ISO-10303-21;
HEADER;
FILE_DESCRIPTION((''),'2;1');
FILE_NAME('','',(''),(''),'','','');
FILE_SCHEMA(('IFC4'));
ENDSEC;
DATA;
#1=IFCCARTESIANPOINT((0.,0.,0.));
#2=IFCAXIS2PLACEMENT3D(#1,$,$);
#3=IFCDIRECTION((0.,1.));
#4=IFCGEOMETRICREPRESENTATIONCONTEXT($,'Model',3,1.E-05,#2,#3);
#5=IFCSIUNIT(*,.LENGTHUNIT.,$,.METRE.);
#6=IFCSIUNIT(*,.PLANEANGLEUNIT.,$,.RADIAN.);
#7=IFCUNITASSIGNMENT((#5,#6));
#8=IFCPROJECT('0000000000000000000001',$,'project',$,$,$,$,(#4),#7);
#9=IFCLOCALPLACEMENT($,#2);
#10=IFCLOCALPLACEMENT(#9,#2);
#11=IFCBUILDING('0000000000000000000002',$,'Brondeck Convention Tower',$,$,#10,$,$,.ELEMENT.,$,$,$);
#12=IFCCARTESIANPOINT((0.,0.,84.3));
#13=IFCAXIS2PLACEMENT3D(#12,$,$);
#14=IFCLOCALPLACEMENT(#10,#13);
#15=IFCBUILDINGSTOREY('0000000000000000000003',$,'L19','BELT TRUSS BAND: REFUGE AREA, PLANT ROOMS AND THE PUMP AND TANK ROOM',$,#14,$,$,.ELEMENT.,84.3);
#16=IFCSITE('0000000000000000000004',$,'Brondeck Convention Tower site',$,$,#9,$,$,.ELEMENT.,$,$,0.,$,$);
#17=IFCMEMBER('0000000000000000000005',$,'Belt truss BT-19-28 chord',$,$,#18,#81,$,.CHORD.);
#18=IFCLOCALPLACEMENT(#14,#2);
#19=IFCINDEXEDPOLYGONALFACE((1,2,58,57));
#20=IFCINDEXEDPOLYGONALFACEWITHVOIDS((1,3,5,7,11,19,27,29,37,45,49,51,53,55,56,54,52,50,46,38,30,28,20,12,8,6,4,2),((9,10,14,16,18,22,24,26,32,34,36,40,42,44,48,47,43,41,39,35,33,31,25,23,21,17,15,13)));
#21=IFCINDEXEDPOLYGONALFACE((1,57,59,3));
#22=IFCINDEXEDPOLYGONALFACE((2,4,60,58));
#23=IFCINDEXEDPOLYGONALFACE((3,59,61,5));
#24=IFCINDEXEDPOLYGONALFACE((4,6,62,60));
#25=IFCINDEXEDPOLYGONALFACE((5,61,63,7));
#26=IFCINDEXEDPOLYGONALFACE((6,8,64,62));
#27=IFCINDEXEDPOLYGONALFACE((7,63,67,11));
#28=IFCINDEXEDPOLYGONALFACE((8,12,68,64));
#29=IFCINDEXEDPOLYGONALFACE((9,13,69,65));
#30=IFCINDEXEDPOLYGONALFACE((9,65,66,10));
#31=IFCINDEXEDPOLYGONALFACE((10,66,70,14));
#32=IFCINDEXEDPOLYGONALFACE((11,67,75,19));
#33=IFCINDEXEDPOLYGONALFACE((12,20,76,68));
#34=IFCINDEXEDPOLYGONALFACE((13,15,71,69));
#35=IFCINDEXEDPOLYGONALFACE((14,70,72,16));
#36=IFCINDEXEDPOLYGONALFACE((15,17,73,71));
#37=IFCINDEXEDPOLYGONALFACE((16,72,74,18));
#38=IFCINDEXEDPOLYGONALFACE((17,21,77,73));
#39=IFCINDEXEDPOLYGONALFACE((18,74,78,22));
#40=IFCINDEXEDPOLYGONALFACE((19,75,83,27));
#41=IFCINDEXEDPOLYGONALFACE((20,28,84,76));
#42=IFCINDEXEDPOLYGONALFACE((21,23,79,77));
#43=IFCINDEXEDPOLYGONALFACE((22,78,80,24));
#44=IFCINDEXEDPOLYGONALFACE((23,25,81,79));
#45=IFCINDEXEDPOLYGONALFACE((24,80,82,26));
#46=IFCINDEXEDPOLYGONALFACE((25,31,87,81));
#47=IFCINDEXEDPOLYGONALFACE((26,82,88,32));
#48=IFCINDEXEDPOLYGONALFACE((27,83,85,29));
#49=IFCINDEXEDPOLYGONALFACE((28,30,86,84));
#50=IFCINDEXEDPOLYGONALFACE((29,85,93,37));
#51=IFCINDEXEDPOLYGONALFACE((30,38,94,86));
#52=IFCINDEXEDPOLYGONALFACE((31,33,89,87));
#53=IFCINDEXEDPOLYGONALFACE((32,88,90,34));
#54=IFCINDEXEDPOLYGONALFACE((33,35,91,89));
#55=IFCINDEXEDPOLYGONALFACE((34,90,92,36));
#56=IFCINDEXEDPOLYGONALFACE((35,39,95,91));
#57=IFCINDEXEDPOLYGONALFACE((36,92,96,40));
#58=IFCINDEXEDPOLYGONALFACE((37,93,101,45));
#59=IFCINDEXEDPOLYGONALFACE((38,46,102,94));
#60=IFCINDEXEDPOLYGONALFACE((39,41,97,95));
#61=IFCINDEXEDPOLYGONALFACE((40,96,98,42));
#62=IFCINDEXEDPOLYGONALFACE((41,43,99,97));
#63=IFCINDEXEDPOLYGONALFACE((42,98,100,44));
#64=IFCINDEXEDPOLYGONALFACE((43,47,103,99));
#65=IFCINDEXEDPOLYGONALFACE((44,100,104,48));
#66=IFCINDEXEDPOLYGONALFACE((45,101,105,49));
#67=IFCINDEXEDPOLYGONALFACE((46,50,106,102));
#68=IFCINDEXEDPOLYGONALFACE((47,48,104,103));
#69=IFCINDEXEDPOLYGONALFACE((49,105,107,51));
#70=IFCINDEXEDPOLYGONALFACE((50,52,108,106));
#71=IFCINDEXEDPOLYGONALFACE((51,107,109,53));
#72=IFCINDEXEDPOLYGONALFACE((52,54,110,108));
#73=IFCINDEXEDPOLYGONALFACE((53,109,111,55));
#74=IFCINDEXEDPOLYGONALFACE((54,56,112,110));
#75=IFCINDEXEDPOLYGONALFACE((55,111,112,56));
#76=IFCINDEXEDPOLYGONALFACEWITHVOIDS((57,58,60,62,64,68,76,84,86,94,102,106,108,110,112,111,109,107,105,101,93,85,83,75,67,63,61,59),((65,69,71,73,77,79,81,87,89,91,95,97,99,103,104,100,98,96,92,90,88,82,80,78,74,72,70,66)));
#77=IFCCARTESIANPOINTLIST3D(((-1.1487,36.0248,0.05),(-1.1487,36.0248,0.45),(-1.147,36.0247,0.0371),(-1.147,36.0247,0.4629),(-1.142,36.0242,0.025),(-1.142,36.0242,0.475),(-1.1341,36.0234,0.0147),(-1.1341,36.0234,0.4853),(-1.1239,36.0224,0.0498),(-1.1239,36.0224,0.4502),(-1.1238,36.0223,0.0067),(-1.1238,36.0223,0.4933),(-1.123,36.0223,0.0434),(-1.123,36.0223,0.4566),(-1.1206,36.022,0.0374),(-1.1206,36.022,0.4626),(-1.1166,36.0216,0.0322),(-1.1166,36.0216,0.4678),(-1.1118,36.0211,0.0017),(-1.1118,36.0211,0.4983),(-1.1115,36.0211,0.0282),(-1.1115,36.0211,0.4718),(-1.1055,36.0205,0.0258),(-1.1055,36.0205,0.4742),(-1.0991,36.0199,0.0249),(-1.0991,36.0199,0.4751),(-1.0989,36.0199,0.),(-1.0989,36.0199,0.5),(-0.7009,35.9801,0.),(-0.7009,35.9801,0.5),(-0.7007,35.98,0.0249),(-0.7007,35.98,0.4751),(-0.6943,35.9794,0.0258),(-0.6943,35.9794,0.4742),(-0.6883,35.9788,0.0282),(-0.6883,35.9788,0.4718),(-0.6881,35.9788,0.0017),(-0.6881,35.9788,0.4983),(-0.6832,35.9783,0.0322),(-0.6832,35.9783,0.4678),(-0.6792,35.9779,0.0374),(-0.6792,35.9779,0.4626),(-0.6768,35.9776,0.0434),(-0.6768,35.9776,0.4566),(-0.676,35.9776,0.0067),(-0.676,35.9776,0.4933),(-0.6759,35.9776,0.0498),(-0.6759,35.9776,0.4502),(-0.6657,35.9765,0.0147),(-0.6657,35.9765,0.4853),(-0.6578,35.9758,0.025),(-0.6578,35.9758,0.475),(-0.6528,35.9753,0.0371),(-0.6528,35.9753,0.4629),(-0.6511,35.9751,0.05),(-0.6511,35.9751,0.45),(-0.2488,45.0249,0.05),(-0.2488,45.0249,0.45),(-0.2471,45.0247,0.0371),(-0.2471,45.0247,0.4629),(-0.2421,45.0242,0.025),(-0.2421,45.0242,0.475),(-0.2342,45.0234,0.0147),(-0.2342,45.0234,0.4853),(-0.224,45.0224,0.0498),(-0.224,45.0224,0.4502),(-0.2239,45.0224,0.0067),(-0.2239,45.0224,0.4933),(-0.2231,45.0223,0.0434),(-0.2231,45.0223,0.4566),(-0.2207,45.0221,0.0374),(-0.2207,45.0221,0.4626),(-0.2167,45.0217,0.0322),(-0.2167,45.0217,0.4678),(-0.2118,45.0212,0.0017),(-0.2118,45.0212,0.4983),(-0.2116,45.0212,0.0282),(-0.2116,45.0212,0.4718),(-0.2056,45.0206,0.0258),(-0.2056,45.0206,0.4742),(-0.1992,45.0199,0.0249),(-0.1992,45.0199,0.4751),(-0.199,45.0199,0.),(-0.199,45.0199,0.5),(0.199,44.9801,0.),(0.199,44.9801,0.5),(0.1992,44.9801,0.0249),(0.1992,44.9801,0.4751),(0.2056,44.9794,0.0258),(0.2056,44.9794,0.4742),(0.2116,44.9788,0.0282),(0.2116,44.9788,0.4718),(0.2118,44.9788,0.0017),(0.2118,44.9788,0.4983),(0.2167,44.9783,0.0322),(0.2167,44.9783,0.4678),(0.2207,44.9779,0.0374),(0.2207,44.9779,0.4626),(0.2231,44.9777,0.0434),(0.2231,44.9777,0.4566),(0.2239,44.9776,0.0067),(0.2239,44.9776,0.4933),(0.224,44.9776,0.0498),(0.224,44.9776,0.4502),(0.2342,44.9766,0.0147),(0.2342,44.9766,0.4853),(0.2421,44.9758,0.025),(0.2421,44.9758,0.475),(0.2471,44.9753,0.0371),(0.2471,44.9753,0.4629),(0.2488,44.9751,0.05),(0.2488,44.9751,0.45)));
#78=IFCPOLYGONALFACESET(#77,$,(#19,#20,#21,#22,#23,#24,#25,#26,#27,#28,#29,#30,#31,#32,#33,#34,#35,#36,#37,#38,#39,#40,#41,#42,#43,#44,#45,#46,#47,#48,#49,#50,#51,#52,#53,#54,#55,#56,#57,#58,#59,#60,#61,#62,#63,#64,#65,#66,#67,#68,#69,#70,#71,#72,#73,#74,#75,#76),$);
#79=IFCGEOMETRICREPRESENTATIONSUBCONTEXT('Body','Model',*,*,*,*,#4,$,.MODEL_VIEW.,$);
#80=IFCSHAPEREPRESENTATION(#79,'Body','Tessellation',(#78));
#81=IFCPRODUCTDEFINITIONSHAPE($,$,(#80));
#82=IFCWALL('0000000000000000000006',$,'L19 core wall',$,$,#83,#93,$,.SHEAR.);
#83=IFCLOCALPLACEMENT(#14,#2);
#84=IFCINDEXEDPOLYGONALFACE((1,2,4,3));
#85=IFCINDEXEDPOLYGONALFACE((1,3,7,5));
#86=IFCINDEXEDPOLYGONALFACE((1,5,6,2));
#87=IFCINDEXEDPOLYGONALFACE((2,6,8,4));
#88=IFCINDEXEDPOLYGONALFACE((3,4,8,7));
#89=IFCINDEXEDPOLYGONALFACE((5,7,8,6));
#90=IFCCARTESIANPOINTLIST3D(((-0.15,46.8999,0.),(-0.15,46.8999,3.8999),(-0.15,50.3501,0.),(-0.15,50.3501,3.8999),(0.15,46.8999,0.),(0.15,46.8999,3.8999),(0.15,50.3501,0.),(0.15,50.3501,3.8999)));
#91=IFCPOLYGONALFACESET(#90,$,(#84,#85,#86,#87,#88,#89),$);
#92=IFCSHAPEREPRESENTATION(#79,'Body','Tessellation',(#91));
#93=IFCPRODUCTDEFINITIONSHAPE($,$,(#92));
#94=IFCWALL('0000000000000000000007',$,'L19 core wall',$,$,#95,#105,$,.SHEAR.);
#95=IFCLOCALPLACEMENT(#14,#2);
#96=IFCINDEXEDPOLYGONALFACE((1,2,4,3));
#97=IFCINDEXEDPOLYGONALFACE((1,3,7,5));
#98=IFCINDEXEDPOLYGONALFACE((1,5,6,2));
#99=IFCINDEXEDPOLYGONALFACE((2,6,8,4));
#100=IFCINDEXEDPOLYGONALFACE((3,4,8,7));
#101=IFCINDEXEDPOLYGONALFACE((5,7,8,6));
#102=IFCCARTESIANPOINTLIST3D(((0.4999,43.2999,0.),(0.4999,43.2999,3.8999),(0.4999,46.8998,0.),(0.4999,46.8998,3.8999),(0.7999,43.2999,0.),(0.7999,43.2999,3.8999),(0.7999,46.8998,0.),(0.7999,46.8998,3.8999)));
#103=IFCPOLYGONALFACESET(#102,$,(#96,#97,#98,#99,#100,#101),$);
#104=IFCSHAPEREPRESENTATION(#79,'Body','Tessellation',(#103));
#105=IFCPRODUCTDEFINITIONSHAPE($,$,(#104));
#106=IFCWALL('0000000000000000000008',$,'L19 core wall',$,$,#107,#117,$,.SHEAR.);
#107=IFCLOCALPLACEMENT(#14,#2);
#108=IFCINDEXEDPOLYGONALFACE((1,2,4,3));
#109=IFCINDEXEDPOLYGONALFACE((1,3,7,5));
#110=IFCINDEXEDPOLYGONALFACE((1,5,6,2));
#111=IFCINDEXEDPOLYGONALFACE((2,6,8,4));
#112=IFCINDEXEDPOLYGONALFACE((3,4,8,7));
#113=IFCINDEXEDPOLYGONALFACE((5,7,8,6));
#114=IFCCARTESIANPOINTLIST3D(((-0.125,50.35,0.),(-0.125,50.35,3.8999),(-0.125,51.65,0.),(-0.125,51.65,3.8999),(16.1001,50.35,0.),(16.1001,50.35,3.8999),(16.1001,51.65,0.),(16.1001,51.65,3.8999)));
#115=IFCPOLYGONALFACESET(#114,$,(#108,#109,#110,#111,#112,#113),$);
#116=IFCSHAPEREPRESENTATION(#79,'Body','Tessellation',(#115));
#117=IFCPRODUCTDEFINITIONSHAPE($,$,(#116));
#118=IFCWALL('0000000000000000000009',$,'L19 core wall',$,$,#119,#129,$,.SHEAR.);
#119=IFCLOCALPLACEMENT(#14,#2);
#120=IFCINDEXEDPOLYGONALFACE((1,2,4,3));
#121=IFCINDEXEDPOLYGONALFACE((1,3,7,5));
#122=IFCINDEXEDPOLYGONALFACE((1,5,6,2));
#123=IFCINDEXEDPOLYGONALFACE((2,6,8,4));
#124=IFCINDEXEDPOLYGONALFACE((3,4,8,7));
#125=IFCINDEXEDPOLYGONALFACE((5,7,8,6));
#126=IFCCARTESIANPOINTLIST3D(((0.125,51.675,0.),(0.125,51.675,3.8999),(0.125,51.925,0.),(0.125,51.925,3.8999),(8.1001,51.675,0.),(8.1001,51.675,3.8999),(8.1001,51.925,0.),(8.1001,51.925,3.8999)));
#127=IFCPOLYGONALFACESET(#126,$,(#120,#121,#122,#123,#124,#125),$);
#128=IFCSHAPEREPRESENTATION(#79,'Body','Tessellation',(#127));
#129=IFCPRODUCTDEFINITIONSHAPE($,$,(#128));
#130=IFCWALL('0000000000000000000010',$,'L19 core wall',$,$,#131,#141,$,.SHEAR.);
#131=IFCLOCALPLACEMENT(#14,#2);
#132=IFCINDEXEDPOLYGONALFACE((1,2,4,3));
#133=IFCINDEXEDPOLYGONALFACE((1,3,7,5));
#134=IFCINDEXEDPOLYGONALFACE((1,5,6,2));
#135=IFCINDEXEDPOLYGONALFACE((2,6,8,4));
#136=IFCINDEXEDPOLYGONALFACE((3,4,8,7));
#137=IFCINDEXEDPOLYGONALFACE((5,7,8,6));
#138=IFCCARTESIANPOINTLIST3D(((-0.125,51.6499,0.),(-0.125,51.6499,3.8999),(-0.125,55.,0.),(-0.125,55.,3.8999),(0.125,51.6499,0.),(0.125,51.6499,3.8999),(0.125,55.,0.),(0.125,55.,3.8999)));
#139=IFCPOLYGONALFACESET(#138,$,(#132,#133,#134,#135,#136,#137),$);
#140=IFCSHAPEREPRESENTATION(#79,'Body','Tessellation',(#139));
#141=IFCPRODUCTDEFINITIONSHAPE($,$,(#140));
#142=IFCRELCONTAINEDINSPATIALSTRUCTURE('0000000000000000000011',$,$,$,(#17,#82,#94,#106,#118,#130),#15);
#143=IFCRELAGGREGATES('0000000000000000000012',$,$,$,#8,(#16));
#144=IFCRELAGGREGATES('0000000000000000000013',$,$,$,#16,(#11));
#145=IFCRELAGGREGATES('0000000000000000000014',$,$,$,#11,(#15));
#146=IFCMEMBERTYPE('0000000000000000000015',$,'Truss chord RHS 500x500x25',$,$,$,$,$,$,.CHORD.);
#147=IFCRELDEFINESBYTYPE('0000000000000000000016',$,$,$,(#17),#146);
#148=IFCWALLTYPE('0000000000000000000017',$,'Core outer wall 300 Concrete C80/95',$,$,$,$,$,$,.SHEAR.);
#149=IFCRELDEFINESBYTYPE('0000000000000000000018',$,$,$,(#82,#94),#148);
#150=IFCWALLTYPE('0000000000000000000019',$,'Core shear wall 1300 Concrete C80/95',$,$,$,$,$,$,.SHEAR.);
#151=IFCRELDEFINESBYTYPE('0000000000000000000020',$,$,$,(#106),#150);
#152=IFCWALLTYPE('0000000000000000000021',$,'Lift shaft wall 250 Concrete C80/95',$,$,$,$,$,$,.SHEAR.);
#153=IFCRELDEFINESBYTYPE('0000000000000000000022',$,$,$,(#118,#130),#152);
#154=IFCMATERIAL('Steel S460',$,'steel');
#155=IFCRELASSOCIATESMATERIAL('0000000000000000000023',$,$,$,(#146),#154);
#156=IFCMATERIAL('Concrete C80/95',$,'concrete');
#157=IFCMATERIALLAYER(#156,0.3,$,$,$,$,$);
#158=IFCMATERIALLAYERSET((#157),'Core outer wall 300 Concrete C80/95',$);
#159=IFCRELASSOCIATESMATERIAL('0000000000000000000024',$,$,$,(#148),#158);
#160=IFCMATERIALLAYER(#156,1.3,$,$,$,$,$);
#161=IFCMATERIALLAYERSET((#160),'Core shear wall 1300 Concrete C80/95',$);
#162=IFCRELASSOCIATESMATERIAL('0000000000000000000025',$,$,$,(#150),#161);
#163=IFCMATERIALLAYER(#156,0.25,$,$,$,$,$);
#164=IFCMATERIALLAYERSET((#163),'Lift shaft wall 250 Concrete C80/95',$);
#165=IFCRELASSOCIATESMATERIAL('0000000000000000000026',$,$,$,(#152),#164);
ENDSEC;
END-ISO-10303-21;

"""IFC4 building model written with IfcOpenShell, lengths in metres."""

from ifc_helpers import new_model, si_unit, direction, frame, frame_2d, origin, origin_2d, place, context, subcontext, project, spatial, rectangle, hollow_rectangle, extrude, material, layer, layer_set, material_profile, profile_set, type_object, element, save


model = new_model("IFC4")

# Units and contexts
model_context = context("Model", 3, precision=1e-05, world=origin(), true_north=direction((0.0, 1.0)))
body_context = subcontext(model_context, "Body", "Model", "MODEL_VIEW")
ifc_project = project(units=[si_unit("LENGTHUNIT", "METRE"), si_unit("PLANEANGLEUNIT", "RADIAN")], contexts=[model_context])

# Site, building, storey
site_placement = place(None, origin())
site = spatial("IfcSite", under=ifc_project, at=site_placement, Name="Brondeck Convention Tower site", CompositionType="ELEMENT", RefElevation=0.0)
building_placement = place(site_placement, origin())
building = spatial("IfcBuilding", under=site, at=building_placement, Name="Brondeck Convention Tower", CompositionType="ELEMENT")
storey_placement = place(building_placement, frame((0.0, 0.0, 84.3)))
storey = spatial("IfcBuildingStorey", under=building, at=storey_placement, Name="L19", Description="BELT TRUSS BAND: REFUGE AREA, PLANT ROOMS AND THE PUMP AND TANK ROOM", CompositionType="ELEMENT", Elevation=84.3)

# Shared definitions
ifc_material_1 = material(Name="Concrete C80/95", Category="concrete")

# Shared definitions
ifc_material_2 = material(Name="Steel S460", Category="steel")

# Member
ifc_material_profile_1 = material_profile(ifc_material_2, hollow_rectangle(XDim=0.5, YDim=0.5, WallThickness=0.0249, InnerFilletRadius=0.0249, OuterFilletRadius=0.05, at=origin_2d()), Name="RHS 500x500x25")
ifc_profile_set_1 = profile_set([ifc_material_profile_1], Name="Steel S460")
member_type_1 = type_object("IfcMemberType", Name="Truss chord RHS 500x500x25", PredefinedType="CHORD", material=ifc_profile_set_1)
member_placement = place(storey_placement, frame((0.0, 45.0, 0.25), z_axis=(-0.099493, -0.995038, 0.0), x_axis=(0.995038, -0.099493, 0.0)))
element("IfcMember", 1, at=member_placement, inside=storey, type_object=member_type_1, Name="Belt truss BT-19-28 chord", PredefinedType="CHORD", context=body_context, shape_type="SweptSolid", body=[
    extrude(hollow_rectangle(XDim=0.5, YDim=0.5, WallThickness=0.0249, InnerFilletRadius=0.0249, OuterFilletRadius=0.05, at=origin_2d()), origin(), (0.0, 0.0, 1.0), 9.0449),
])

# Walls
ifc_layer_1 = layer(ifc_material_1, 0.3)
ifc_layer_set_1 = layer_set([ifc_layer_1], Name="Core outer wall 300 Concrete C80/95")
wall_type_1 = type_object("IfcWallType", Name="Core outer wall 300 Concrete C80/95", PredefinedType="SHEAR", material=ifc_layer_set_1)
wall_1_placement = place(storey_placement, frame((0.0, 46.8999, 0.0), z_axis=(0.0, 0.0, 1.0), x_axis=(0.0, 1.0, 0.0)))
element("IfcWall", 2, at=wall_1_placement, inside=storey, type_object=wall_type_1, Name="L19 core wall", PredefinedType="SHEAR", context=body_context, shape_type="SweptSolid", body=[
    extrude(rectangle(XDim=3.4502, YDim=0.3, at=frame_2d((1.7251, 0.0))), origin(), (0.0, 0.0, 1.0), 3.8999),
])
wall_2_placement = place(storey_placement, frame((0.6499, 43.3, 0.0), z_axis=(0.0, 0.0, 1.0), x_axis=(0.0, 1.0, 0.0)))
element("IfcWall", 3, at=wall_2_placement, inside=storey, type_object=wall_type_1, Name="L19 core wall", PredefinedType="SHEAR", context=body_context, shape_type="SweptSolid", body=[
    extrude(rectangle(XDim=3.5999, YDim=0.3, at=frame_2d((1.7998, 0.0))), origin(), (0.0, 0.0, 1.0), 3.8999),
])
ifc_layer_2 = layer(ifc_material_1, 1.3)
ifc_layer_set_2 = layer_set([ifc_layer_2], Name="Core shear wall 1300 Concrete C80/95")
wall_type_2 = type_object("IfcWallType", Name="Core shear wall 1300 Concrete C80/95", PredefinedType="SHEAR", material=ifc_layer_set_2)
wall_3_placement = place(storey_placement, frame((-0.125, 51.0, 0.0), z_axis=(0.0, 0.0, 1.0), x_axis=(1.0, 0.0, 0.0)))
element("IfcWall", 4, at=wall_3_placement, inside=storey, type_object=wall_type_2, Name="L19 core wall", PredefinedType="SHEAR", context=body_context, shape_type="SweptSolid", body=[
    extrude(rectangle(XDim=16.2251, YDim=1.3, at=frame_2d((8.1125, 0.0))), origin(), (0.0, 0.0, 1.0), 3.8999),
])
ifc_layer_3 = layer(ifc_material_1, 0.25)
ifc_layer_set_3 = layer_set([ifc_layer_3], Name="Lift shaft wall 250 Concrete C80/95")
wall_type_3 = type_object("IfcWallType", Name="Lift shaft wall 250 Concrete C80/95", PredefinedType="SHEAR", material=ifc_layer_set_3)
wall_4_placement = place(storey_placement, frame((0.125, 51.8, 0.0), z_axis=(0.0, 0.0, 1.0), x_axis=(1.0, 0.0, 0.0)))
element("IfcWall", 5, at=wall_4_placement, inside=storey, type_object=wall_type_3, Name="L19 core wall", PredefinedType="SHEAR", context=body_context, shape_type="SweptSolid", body=[
    extrude(rectangle(XDim=7.9751, YDim=0.25, at=frame_2d((3.9875, 0.0))), origin(), (0.0, 0.0, 1.0), 3.8999),
])
wall_5_placement = place(storey_placement, frame((0.0, 51.6499, 0.0), z_axis=(0.0, 0.0, 1.0), x_axis=(0.0, 1.0, 0.0)))
element("IfcWall", 6, at=wall_5_placement, inside=storey, type_object=wall_type_3, Name="L19 core wall", PredefinedType="SHEAR", context=body_context, shape_type="SweptSolid", body=[
    extrude(rectangle(XDim=3.3501, YDim=0.25, at=frame_2d((1.675, 0.0))), origin(), (0.0, 0.0, 1.0), 3.8999),
])

save(model, "model.ifc")
